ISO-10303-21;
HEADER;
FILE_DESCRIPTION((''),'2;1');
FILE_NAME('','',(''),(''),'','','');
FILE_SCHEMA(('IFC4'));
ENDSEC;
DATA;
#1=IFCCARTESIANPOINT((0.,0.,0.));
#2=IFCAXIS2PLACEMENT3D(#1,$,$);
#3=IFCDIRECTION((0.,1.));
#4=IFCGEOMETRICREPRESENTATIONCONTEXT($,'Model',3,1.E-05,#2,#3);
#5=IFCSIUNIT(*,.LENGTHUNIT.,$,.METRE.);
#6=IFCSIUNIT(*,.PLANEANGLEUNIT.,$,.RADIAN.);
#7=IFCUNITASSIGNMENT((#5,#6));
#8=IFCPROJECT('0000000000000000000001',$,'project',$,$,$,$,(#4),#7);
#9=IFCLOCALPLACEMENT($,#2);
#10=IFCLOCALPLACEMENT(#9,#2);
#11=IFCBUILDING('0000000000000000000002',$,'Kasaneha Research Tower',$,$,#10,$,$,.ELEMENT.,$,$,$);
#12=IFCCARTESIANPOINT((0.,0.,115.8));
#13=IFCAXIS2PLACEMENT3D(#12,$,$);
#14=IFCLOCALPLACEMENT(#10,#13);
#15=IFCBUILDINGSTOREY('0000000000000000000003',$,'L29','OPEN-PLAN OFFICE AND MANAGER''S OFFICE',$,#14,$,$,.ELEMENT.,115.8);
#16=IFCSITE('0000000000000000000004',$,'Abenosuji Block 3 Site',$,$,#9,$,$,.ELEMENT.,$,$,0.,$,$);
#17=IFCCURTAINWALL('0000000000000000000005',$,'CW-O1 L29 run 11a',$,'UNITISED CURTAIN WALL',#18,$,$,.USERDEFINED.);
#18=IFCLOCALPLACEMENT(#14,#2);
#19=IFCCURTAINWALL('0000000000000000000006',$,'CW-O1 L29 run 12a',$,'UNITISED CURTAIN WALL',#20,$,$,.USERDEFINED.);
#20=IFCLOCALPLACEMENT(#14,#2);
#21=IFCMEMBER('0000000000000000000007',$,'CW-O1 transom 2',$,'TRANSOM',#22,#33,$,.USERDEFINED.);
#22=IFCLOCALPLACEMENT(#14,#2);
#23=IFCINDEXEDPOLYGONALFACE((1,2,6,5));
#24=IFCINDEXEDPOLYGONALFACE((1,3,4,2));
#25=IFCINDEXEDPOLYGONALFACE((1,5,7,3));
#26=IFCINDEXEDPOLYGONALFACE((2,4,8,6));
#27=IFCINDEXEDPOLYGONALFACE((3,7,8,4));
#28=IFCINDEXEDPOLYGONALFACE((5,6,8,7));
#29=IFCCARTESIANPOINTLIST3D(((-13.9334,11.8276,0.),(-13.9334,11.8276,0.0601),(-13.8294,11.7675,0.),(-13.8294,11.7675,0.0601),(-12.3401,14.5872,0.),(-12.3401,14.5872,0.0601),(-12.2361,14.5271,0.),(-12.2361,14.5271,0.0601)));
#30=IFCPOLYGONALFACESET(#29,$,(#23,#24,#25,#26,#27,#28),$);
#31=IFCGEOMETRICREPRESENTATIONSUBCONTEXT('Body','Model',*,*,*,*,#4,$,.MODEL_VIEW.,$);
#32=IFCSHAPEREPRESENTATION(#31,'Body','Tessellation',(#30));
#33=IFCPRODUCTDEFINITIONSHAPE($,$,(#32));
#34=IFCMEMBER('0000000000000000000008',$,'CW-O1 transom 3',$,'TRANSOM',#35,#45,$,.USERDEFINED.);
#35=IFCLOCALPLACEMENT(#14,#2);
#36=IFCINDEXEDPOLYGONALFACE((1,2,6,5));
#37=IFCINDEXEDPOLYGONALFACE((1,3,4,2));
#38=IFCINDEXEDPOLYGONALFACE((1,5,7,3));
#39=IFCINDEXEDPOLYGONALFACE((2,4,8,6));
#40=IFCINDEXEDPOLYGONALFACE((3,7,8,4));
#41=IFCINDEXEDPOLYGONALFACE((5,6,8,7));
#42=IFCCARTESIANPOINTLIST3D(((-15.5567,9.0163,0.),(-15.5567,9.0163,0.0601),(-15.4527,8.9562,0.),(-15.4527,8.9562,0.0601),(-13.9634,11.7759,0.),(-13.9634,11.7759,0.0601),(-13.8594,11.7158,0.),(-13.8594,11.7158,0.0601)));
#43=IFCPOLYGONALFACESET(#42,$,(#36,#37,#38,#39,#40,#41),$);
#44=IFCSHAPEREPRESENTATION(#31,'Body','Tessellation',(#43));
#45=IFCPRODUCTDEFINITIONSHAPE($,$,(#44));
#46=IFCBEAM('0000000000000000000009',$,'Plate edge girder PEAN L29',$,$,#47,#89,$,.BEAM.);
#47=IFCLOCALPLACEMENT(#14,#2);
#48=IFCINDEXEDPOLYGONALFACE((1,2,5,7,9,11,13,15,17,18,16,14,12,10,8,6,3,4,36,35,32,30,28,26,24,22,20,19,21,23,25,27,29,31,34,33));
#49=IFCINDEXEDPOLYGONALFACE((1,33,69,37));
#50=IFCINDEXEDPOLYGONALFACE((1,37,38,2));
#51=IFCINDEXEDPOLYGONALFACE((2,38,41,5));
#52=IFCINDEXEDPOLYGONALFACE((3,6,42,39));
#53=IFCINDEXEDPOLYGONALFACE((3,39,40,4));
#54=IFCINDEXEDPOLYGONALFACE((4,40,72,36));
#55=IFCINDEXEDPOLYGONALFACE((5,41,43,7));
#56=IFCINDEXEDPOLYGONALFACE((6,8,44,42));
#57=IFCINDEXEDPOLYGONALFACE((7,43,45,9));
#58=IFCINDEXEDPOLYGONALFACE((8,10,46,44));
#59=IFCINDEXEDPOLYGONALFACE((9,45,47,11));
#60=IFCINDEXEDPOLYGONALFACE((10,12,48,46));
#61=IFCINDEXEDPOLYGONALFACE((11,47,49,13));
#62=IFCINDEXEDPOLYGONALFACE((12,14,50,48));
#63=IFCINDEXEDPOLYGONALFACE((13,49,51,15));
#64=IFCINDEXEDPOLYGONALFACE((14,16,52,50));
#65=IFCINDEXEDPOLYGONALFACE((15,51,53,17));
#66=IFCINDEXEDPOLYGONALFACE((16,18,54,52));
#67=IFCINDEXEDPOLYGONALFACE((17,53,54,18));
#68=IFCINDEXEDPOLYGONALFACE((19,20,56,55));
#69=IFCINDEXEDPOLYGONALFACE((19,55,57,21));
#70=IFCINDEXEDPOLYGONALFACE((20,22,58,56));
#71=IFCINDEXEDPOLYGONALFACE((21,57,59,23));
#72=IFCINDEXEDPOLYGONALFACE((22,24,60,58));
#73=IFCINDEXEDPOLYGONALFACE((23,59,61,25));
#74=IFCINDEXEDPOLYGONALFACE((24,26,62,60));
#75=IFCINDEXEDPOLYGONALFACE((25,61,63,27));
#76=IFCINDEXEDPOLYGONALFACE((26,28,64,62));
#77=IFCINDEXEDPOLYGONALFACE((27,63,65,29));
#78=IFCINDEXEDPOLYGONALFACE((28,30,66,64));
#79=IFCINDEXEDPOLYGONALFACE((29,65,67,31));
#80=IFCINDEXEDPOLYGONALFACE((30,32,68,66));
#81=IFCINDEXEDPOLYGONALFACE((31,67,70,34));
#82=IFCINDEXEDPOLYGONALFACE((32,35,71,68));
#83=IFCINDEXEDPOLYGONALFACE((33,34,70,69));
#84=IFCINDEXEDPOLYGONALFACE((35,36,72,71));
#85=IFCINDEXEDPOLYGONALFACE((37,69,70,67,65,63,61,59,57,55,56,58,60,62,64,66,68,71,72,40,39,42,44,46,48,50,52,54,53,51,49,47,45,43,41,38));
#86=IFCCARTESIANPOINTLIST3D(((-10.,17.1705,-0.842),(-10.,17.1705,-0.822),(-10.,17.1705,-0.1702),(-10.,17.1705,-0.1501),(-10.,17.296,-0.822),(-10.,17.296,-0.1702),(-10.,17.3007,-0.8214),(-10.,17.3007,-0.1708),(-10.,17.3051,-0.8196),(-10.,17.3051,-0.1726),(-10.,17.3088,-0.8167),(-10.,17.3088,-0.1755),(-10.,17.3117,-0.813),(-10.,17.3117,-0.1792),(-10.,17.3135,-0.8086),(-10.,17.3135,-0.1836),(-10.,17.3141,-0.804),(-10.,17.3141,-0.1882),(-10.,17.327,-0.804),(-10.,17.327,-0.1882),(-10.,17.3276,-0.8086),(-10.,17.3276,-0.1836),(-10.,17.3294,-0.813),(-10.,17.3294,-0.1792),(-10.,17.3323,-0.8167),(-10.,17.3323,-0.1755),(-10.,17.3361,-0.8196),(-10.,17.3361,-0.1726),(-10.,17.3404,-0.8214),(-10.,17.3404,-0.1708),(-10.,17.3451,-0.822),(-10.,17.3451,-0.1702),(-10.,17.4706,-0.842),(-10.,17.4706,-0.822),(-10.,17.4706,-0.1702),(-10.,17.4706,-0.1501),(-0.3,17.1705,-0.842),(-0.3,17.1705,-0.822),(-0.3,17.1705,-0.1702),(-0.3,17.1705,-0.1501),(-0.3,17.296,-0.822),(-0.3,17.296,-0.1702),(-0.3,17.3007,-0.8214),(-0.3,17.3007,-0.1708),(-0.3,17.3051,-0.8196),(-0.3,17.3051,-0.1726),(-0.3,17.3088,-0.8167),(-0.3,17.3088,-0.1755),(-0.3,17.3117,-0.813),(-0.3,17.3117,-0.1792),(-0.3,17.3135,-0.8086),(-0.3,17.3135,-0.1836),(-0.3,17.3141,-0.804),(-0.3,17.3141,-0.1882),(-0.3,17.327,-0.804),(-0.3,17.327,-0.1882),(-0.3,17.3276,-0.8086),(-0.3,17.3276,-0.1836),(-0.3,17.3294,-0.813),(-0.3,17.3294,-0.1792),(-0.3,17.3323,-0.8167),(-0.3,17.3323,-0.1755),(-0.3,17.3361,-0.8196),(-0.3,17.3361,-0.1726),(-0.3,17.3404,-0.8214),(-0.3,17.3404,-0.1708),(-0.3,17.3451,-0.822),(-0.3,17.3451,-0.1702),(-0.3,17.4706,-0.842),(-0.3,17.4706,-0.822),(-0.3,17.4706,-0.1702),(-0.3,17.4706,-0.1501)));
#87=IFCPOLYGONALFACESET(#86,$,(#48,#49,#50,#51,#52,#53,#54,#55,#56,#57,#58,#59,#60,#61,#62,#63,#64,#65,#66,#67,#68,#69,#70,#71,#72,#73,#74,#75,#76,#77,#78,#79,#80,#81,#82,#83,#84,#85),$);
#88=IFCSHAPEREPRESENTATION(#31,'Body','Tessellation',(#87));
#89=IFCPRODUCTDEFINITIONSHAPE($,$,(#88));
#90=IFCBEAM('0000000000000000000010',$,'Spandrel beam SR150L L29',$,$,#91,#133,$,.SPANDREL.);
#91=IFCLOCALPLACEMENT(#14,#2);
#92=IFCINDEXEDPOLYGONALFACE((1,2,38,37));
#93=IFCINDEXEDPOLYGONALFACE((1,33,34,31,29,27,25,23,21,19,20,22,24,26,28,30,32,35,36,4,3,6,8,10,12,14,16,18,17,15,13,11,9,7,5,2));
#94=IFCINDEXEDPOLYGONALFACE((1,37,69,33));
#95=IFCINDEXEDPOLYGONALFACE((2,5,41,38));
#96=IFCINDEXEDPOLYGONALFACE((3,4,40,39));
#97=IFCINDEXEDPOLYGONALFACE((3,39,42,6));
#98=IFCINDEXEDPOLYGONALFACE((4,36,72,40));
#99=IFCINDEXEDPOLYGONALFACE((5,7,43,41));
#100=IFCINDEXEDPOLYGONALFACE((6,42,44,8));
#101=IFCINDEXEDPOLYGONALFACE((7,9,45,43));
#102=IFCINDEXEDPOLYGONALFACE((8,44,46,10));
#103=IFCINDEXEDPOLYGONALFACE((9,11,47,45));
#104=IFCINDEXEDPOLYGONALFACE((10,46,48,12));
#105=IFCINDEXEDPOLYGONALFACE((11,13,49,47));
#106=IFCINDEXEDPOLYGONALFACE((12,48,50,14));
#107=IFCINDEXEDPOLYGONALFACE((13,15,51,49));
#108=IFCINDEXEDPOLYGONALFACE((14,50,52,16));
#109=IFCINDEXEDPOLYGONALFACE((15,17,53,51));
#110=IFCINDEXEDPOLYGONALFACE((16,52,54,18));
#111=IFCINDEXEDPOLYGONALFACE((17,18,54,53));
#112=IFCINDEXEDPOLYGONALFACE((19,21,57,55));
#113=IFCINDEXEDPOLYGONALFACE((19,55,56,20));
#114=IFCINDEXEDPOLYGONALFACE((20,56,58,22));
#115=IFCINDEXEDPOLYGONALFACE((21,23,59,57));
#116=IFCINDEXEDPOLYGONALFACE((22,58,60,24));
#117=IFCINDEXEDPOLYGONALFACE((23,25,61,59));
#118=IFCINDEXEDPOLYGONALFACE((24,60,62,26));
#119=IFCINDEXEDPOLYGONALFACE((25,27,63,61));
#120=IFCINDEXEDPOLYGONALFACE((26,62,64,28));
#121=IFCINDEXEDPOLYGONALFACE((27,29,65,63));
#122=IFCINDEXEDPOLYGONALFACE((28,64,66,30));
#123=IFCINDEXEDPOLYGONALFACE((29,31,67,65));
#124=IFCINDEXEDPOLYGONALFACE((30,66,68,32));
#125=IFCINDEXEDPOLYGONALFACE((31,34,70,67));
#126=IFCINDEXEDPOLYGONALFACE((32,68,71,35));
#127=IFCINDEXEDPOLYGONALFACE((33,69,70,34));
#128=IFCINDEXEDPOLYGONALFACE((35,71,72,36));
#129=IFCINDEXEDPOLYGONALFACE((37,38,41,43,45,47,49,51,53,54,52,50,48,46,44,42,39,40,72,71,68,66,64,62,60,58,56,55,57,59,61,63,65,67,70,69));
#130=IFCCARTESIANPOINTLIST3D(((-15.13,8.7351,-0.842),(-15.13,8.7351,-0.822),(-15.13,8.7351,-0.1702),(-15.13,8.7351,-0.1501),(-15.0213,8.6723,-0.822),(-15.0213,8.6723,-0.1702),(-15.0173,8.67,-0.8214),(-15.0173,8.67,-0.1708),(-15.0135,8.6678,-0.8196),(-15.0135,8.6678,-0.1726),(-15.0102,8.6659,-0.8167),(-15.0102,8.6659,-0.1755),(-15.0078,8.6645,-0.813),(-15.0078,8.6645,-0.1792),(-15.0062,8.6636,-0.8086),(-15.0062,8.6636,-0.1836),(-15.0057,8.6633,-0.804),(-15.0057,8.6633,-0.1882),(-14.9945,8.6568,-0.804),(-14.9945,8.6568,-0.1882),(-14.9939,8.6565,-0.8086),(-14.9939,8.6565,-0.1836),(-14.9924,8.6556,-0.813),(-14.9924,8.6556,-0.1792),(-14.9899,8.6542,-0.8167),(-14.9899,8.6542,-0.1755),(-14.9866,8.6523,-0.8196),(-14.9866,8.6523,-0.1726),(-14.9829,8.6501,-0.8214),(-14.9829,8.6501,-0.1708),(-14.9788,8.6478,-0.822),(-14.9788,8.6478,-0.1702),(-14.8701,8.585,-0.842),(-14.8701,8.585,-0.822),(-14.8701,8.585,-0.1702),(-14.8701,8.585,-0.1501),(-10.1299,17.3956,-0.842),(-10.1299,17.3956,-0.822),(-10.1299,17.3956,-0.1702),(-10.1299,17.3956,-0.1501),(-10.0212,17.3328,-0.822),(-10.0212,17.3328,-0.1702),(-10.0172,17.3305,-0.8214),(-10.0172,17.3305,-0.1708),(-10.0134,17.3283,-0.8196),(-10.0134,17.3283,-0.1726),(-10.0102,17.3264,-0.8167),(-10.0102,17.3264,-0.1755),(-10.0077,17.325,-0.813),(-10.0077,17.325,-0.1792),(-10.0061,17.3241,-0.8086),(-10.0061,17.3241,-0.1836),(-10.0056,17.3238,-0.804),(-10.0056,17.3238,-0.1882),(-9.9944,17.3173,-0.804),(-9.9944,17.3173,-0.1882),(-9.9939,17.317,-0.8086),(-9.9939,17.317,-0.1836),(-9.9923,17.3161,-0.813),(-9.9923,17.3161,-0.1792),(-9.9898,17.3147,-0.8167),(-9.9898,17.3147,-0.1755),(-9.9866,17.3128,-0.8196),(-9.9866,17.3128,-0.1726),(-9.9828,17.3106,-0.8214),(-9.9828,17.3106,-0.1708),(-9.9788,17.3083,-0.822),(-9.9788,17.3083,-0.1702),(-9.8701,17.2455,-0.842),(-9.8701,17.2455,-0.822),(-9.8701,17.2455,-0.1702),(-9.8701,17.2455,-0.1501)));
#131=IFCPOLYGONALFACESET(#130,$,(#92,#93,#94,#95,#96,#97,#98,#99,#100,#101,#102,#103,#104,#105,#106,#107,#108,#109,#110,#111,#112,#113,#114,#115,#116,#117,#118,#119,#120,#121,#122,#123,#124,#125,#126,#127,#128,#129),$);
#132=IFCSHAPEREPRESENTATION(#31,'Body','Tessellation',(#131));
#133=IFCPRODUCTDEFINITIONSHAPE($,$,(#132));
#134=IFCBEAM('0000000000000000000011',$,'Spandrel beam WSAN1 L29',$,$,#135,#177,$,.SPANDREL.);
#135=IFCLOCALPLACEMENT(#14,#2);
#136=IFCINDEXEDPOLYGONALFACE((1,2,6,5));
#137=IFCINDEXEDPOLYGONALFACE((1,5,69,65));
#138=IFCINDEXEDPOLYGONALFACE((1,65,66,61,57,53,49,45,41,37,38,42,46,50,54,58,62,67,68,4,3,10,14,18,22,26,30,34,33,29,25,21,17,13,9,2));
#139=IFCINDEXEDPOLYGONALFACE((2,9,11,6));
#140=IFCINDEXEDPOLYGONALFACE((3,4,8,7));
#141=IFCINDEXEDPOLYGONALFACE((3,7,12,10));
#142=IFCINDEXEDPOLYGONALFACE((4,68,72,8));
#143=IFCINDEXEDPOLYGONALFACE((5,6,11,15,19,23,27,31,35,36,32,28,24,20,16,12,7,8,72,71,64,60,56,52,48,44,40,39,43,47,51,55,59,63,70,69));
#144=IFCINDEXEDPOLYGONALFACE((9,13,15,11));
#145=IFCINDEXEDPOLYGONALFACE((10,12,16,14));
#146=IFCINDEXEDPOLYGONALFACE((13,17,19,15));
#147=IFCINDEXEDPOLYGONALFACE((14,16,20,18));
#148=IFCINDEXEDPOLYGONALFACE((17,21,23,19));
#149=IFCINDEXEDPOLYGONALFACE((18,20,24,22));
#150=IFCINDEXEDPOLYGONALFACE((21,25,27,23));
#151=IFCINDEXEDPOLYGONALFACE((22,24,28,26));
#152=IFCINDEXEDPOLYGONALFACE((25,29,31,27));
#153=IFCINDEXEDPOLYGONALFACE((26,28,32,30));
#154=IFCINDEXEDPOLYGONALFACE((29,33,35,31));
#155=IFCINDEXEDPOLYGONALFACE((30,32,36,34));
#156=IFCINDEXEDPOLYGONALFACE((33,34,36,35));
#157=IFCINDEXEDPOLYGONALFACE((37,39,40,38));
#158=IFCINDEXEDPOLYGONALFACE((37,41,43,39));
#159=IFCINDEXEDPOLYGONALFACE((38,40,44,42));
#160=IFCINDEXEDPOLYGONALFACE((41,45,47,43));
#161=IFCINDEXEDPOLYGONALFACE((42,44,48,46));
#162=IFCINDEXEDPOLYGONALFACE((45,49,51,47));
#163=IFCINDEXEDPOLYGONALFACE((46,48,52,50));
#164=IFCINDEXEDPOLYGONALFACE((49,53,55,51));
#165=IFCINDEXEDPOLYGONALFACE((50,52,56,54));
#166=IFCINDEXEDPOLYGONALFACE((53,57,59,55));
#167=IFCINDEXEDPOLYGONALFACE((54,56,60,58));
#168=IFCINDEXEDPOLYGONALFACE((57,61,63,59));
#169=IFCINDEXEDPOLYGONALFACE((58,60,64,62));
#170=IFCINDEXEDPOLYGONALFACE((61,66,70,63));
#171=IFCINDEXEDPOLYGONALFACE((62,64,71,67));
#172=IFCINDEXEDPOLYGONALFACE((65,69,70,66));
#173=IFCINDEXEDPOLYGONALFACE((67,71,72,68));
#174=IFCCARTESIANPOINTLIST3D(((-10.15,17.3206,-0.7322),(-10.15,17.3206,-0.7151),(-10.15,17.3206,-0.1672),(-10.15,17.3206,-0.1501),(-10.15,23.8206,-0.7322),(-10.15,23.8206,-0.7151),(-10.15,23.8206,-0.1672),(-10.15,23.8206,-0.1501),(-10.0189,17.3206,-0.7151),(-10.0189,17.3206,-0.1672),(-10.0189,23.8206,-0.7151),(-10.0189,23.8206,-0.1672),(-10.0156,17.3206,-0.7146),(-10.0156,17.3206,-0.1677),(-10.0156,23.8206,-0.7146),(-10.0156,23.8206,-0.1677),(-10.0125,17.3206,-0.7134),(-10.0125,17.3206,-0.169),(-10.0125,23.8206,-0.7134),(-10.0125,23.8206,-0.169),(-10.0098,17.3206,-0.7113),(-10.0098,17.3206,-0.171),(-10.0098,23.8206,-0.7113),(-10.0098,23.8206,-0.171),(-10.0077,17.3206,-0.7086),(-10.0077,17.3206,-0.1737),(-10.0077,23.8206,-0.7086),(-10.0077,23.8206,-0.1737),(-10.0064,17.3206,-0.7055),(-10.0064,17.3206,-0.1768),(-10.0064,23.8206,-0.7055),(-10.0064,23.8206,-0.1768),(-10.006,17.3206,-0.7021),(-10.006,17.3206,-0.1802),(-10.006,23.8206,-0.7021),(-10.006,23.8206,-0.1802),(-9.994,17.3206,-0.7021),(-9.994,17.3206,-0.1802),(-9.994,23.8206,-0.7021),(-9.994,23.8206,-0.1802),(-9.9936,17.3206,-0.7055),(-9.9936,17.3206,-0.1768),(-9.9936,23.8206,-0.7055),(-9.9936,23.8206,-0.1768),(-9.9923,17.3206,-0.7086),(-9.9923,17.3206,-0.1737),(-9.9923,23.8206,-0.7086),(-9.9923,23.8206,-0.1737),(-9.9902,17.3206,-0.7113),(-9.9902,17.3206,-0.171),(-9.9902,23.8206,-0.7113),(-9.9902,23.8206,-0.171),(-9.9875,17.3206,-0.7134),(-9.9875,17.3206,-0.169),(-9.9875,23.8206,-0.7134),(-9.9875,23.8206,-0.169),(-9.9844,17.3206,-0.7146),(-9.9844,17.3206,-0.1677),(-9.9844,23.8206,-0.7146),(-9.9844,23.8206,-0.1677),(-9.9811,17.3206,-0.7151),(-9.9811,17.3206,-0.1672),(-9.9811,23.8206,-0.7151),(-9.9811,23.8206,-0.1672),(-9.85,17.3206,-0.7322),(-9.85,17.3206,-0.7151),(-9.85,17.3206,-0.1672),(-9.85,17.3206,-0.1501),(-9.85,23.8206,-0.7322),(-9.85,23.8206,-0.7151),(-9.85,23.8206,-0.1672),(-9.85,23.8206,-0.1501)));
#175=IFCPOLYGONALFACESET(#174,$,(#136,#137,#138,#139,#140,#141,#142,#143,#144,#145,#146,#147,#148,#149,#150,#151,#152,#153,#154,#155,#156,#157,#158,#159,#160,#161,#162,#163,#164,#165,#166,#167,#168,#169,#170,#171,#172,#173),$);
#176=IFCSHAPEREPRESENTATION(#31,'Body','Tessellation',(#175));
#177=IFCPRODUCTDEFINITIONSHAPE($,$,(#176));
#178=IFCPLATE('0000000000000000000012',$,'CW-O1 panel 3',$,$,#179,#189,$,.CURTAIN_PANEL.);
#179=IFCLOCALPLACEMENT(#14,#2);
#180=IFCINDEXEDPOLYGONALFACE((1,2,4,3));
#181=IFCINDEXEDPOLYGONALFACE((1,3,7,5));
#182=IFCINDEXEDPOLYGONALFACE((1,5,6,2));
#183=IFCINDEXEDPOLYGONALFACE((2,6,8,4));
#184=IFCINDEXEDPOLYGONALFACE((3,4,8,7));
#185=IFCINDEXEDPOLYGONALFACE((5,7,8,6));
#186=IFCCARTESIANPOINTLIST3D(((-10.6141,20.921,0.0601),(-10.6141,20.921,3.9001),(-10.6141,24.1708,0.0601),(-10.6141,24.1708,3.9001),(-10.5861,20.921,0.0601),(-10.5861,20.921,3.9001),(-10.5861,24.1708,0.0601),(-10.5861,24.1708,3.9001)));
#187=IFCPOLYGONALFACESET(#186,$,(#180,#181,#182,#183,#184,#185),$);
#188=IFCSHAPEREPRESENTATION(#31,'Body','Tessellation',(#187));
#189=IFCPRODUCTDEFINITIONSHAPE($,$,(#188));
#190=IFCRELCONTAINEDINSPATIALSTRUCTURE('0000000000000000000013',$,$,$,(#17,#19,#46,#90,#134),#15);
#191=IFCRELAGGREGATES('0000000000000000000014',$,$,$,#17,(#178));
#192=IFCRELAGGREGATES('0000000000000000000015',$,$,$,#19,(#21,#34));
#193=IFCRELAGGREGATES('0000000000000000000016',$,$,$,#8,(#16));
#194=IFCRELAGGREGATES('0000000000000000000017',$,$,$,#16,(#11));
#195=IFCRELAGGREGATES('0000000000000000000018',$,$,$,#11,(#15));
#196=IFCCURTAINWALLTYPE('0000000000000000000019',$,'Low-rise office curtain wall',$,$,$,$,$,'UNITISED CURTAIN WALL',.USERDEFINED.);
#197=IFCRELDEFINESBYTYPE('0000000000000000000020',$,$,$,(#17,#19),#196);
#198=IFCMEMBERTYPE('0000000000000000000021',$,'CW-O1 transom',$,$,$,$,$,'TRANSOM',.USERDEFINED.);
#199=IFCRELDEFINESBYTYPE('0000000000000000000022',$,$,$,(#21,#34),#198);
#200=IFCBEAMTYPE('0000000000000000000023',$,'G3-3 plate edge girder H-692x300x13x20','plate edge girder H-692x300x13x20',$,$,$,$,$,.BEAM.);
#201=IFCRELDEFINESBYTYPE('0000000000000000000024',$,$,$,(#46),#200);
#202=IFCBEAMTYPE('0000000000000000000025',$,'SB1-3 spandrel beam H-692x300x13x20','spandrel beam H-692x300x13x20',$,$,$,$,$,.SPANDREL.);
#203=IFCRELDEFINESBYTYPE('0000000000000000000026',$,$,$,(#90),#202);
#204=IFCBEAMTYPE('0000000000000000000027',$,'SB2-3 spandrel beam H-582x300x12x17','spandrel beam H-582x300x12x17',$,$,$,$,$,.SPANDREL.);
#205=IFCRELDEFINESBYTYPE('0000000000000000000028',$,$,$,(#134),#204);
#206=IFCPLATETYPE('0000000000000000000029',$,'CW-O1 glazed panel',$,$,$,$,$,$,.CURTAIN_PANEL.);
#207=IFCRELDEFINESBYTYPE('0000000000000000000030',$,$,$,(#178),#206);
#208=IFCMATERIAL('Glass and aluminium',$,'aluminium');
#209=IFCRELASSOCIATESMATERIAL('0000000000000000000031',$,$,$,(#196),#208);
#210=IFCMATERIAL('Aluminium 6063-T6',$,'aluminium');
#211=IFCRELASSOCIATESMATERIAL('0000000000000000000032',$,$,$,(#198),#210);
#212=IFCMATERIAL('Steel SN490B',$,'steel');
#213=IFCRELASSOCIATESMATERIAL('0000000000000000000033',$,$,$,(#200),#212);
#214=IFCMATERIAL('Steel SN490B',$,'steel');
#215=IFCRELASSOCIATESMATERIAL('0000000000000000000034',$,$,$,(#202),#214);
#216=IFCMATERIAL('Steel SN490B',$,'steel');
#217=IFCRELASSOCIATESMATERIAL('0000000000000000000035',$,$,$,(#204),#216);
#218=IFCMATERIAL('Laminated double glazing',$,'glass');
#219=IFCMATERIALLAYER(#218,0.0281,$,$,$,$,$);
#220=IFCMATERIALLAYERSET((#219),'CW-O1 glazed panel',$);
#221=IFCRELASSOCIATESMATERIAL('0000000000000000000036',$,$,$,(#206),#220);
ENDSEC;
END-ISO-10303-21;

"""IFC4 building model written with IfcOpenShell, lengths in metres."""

from ifc_helpers import new_model, si_unit, direction, frame, origin, origin_2d, place, context, subcontext, project, spatial, rectangle, i_section, extrude, material, layer, layer_set, material_profile, profile_set, type_object, element, aggregate, save


model = new_model("IFC4")

# Units and contexts
model_context = context("Model", 3, precision=1e-05, world=origin(), true_north=direction((0.0, 1.0)))
body_context = subcontext(model_context, "Body", "Model", "MODEL_VIEW")
ifc_project = project(units=[si_unit("LENGTHUNIT", "METRE"), si_unit("PLANEANGLEUNIT", "RADIAN")], contexts=[model_context])

# Site, building, storey
site_placement = place(None, origin())
site = spatial("IfcSite", under=ifc_project, at=site_placement, Name="Abenosuji Block 3 Site", CompositionType="ELEMENT", RefElevation=0.0)
building_placement = place(site_placement, origin())
building = spatial("IfcBuilding", under=site, at=building_placement, Name="Kasaneha Research Tower", CompositionType="ELEMENT")
storey_placement = place(building_placement, frame((0.0, 0.0, 115.8)))
storey = spatial("IfcBuildingStorey", under=building, at=storey_placement, Name="L29", Description="OPEN-PLAN OFFICE AND MANAGER'S OFFICE", CompositionType="ELEMENT", Elevation=115.8)

# Curtain walls
ifc_material_1 = material(Name="Glass and aluminium", Category="aluminium")
curtain_wall_type = type_object("IfcCurtainWallType", Name="Low-rise office curtain wall", ElementType="UNITISED CURTAIN WALL", PredefinedType="USERDEFINED", material=ifc_material_1)
curtain_wall_1_placement = place(storey_placement, origin())
curtain_wall_1 = element("IfcCurtainWall", 1, at=curtain_wall_1_placement, inside=storey, type_object=curtain_wall_type, Name="CW-O1 L29 run 11a", ObjectType="UNITISED CURTAIN WALL", PredefinedType="USERDEFINED")
curtain_wall_2_placement = place(storey_placement, origin())
curtain_wall_2 = element("IfcCurtainWall", 2, at=curtain_wall_2_placement, inside=storey, type_object=curtain_wall_type, Name="CW-O1 L29 run 12a", ObjectType="UNITISED CURTAIN WALL", PredefinedType="USERDEFINED")

# Members
ifc_material_2 = material(Name="Aluminium 6063-T6", Category="aluminium")
ifc_material_profile_1 = material_profile(ifc_material_2, rectangle(XDim=0.1201, YDim=0.0601, at=origin_2d()), Name="CW-O1 transom 120x60")
ifc_profile_set_1 = profile_set([ifc_material_profile_1], Name="Aluminium 6063-T6")
member_type_1 = type_object("IfcMemberType", Name="CW-O1 transom", ElementType="TRANSOM", PredefinedType="USERDEFINED", material=ifc_profile_set_1)
member_1_placement = place(storey_placement, frame((-12.2881, 14.5571, 0.03), z_axis=(-0.500012, -0.866018, 0.0), x_axis=(0.866018, -0.500012, 0.0)))
member_1 = element("IfcMember", 3, at=member_1_placement, type_object=member_type_1, Name="CW-O1 transom 2", ObjectType="TRANSOM", PredefinedType="USERDEFINED", context=body_context, shape_type="SweptSolid", body=[
    extrude(rectangle(XDim=0.1201, YDim=0.0601, at=origin_2d()), origin(), (0.0, 0.0, 1.0), 3.1865),
])
member_2_placement = place(storey_placement, frame((-13.9114, 11.7458, 0.03), z_axis=(-0.500012, -0.866018, 0.0), x_axis=(0.866018, -0.500012, 0.0)))
member_2 = element("IfcMember", 4, at=member_2_placement, type_object=member_type_1, Name="CW-O1 transom 3", ObjectType="TRANSOM", PredefinedType="USERDEFINED", context=body_context, shape_type="SweptSolid", body=[
    extrude(rectangle(XDim=0.1201, YDim=0.0601, at=origin_2d()), origin(), (0.0, 0.0, 1.0), 3.1865),
])

# Beams
ifc_material_3 = material(Name="Steel SN490B", Category="steel")
ifc_material_profile_2 = material_profile(ifc_material_3, i_section(OverallWidth=0.3, OverallDepth=0.6919, WebThickness=0.0129, FlangeThickness=0.02, FilletRadius=0.0181, at=origin_2d()), Name="H-692x300x13x20")
ifc_profile_set_2 = profile_set([ifc_material_profile_2], Name="Steel SN490B")
beam_type_1 = type_object("IfcBeamType", Name="G3-3 plate edge girder H-692x300x13x20", Description="plate edge girder H-692x300x13x20", PredefinedType="BEAM", material=ifc_profile_set_2)
beam_1_placement = place(storey_placement, frame((-10.0, 17.3206, -0.4961), z_axis=(1.0, 0.0, 0.0), x_axis=(0.0, 1.0, 0.0)))
element("IfcBeam", 5, at=beam_1_placement, inside=storey, type_object=beam_type_1, Name="Plate edge girder PEAN L29", PredefinedType="BEAM", context=body_context, shape_type="SweptSolid", body=[
    extrude(i_section(OverallWidth=0.3, OverallDepth=0.6919, WebThickness=0.0129, FlangeThickness=0.02, FilletRadius=0.0181, at=origin_2d()), origin(), (0.0, 0.0, 1.0), 9.7),
])
ifc_material_4 = material(Name="Steel SN490B", Category="steel")
ifc_material_profile_3 = material_profile(ifc_material_4, i_section(OverallWidth=0.3, OverallDepth=0.6919, WebThickness=0.0129, FlangeThickness=0.02, FilletRadius=0.0181, at=origin_2d()), Name="H-692x300x13x20")
ifc_profile_set_3 = profile_set([ifc_material_profile_3], Name="Steel SN490B")
beam_type_2 = type_object("IfcBeamType", Name="SB1-3 spandrel beam H-692x300x13x20", Description="spandrel beam H-692x300x13x20", PredefinedType="SPANDREL", material=ifc_profile_set_3)
beam_2_placement = place(storey_placement, frame((-10.0, 17.3206, -0.4961), z_axis=(-0.499994, -0.866029, 0.0), x_axis=(0.866029, -0.499994, 0.0)))
element("IfcBeam", 6, at=beam_2_placement, inside=storey, type_object=beam_type_2, Name="Spandrel beam SR150L L29", PredefinedType="SPANDREL", context=body_context, shape_type="SweptSolid", body=[
    extrude(i_section(OverallWidth=0.3, OverallDepth=0.6919, WebThickness=0.0129, FlangeThickness=0.02, FilletRadius=0.0181, at=origin_2d()), origin(), (0.0, 0.0, 1.0), 10.0002),
])
ifc_material_5 = material(Name="Steel SN490B", Category="steel")
ifc_material_profile_4 = material_profile(ifc_material_5, i_section(OverallWidth=0.3, OverallDepth=0.582, WebThickness=0.012, FlangeThickness=0.0171, FilletRadius=0.0129, at=origin_2d()), Name="H-582x300x12x17")
ifc_profile_set_4 = profile_set([ifc_material_profile_4], Name="Steel SN490B")
beam_type_3 = type_object("IfcBeamType", Name="SB2-3 spandrel beam H-582x300x12x17", Description="spandrel beam H-582x300x12x17", PredefinedType="SPANDREL", material=ifc_profile_set_4)
beam_3_placement = place(storey_placement, frame((-10.0, 17.3206, -0.4412), z_axis=(0.0, 1.0, 0.0), x_axis=(-1.0, 0.0, 0.0)))
element("IfcBeam", 7, at=beam_3_placement, inside=storey, type_object=beam_type_3, Name="Spandrel beam WSAN1 L29", PredefinedType="SPANDREL", context=body_context, shape_type="SweptSolid", body=[
    extrude(i_section(OverallWidth=0.3, OverallDepth=0.582, WebThickness=0.012, FlangeThickness=0.0171, FilletRadius=0.0129, at=origin_2d()), origin(), (0.0, 0.0, 1.0), 6.5),
])

# Plate
ifc_material_6 = material(Name="Laminated double glazing", Category="glass")
ifc_layer_1 = layer(ifc_material_6, 0.0281)
ifc_layer_set_1 = layer_set([ifc_layer_1], Name="CW-O1 glazed panel")
plate_type = type_object("IfcPlateType", Name="CW-O1 glazed panel", PredefinedType="CURTAIN_PANEL", material=ifc_layer_set_1)
plate_1_placement = place(storey_placement, frame((-10.6001, 22.5459, 0.0601), z_axis=(0.0, 0.0, 1.0), x_axis=(0.0, -1.0, 0.0)))
plate_1 = element("IfcPlate", 8, at=plate_1_placement, type_object=plate_type, Name="CW-O1 panel 3", PredefinedType="CURTAIN_PANEL", context=body_context, shape_type="SweptSolid", body=[
    extrude(rectangle(XDim=3.2498, YDim=0.0281, at=origin_2d()), origin(), (0.0, 0.0, 1.0), 3.8401),
])
aggregate(curtain_wall_1, [plate_1])
aggregate(curtain_wall_2, [member_1, member_2])

save(model, "model.ifc")
